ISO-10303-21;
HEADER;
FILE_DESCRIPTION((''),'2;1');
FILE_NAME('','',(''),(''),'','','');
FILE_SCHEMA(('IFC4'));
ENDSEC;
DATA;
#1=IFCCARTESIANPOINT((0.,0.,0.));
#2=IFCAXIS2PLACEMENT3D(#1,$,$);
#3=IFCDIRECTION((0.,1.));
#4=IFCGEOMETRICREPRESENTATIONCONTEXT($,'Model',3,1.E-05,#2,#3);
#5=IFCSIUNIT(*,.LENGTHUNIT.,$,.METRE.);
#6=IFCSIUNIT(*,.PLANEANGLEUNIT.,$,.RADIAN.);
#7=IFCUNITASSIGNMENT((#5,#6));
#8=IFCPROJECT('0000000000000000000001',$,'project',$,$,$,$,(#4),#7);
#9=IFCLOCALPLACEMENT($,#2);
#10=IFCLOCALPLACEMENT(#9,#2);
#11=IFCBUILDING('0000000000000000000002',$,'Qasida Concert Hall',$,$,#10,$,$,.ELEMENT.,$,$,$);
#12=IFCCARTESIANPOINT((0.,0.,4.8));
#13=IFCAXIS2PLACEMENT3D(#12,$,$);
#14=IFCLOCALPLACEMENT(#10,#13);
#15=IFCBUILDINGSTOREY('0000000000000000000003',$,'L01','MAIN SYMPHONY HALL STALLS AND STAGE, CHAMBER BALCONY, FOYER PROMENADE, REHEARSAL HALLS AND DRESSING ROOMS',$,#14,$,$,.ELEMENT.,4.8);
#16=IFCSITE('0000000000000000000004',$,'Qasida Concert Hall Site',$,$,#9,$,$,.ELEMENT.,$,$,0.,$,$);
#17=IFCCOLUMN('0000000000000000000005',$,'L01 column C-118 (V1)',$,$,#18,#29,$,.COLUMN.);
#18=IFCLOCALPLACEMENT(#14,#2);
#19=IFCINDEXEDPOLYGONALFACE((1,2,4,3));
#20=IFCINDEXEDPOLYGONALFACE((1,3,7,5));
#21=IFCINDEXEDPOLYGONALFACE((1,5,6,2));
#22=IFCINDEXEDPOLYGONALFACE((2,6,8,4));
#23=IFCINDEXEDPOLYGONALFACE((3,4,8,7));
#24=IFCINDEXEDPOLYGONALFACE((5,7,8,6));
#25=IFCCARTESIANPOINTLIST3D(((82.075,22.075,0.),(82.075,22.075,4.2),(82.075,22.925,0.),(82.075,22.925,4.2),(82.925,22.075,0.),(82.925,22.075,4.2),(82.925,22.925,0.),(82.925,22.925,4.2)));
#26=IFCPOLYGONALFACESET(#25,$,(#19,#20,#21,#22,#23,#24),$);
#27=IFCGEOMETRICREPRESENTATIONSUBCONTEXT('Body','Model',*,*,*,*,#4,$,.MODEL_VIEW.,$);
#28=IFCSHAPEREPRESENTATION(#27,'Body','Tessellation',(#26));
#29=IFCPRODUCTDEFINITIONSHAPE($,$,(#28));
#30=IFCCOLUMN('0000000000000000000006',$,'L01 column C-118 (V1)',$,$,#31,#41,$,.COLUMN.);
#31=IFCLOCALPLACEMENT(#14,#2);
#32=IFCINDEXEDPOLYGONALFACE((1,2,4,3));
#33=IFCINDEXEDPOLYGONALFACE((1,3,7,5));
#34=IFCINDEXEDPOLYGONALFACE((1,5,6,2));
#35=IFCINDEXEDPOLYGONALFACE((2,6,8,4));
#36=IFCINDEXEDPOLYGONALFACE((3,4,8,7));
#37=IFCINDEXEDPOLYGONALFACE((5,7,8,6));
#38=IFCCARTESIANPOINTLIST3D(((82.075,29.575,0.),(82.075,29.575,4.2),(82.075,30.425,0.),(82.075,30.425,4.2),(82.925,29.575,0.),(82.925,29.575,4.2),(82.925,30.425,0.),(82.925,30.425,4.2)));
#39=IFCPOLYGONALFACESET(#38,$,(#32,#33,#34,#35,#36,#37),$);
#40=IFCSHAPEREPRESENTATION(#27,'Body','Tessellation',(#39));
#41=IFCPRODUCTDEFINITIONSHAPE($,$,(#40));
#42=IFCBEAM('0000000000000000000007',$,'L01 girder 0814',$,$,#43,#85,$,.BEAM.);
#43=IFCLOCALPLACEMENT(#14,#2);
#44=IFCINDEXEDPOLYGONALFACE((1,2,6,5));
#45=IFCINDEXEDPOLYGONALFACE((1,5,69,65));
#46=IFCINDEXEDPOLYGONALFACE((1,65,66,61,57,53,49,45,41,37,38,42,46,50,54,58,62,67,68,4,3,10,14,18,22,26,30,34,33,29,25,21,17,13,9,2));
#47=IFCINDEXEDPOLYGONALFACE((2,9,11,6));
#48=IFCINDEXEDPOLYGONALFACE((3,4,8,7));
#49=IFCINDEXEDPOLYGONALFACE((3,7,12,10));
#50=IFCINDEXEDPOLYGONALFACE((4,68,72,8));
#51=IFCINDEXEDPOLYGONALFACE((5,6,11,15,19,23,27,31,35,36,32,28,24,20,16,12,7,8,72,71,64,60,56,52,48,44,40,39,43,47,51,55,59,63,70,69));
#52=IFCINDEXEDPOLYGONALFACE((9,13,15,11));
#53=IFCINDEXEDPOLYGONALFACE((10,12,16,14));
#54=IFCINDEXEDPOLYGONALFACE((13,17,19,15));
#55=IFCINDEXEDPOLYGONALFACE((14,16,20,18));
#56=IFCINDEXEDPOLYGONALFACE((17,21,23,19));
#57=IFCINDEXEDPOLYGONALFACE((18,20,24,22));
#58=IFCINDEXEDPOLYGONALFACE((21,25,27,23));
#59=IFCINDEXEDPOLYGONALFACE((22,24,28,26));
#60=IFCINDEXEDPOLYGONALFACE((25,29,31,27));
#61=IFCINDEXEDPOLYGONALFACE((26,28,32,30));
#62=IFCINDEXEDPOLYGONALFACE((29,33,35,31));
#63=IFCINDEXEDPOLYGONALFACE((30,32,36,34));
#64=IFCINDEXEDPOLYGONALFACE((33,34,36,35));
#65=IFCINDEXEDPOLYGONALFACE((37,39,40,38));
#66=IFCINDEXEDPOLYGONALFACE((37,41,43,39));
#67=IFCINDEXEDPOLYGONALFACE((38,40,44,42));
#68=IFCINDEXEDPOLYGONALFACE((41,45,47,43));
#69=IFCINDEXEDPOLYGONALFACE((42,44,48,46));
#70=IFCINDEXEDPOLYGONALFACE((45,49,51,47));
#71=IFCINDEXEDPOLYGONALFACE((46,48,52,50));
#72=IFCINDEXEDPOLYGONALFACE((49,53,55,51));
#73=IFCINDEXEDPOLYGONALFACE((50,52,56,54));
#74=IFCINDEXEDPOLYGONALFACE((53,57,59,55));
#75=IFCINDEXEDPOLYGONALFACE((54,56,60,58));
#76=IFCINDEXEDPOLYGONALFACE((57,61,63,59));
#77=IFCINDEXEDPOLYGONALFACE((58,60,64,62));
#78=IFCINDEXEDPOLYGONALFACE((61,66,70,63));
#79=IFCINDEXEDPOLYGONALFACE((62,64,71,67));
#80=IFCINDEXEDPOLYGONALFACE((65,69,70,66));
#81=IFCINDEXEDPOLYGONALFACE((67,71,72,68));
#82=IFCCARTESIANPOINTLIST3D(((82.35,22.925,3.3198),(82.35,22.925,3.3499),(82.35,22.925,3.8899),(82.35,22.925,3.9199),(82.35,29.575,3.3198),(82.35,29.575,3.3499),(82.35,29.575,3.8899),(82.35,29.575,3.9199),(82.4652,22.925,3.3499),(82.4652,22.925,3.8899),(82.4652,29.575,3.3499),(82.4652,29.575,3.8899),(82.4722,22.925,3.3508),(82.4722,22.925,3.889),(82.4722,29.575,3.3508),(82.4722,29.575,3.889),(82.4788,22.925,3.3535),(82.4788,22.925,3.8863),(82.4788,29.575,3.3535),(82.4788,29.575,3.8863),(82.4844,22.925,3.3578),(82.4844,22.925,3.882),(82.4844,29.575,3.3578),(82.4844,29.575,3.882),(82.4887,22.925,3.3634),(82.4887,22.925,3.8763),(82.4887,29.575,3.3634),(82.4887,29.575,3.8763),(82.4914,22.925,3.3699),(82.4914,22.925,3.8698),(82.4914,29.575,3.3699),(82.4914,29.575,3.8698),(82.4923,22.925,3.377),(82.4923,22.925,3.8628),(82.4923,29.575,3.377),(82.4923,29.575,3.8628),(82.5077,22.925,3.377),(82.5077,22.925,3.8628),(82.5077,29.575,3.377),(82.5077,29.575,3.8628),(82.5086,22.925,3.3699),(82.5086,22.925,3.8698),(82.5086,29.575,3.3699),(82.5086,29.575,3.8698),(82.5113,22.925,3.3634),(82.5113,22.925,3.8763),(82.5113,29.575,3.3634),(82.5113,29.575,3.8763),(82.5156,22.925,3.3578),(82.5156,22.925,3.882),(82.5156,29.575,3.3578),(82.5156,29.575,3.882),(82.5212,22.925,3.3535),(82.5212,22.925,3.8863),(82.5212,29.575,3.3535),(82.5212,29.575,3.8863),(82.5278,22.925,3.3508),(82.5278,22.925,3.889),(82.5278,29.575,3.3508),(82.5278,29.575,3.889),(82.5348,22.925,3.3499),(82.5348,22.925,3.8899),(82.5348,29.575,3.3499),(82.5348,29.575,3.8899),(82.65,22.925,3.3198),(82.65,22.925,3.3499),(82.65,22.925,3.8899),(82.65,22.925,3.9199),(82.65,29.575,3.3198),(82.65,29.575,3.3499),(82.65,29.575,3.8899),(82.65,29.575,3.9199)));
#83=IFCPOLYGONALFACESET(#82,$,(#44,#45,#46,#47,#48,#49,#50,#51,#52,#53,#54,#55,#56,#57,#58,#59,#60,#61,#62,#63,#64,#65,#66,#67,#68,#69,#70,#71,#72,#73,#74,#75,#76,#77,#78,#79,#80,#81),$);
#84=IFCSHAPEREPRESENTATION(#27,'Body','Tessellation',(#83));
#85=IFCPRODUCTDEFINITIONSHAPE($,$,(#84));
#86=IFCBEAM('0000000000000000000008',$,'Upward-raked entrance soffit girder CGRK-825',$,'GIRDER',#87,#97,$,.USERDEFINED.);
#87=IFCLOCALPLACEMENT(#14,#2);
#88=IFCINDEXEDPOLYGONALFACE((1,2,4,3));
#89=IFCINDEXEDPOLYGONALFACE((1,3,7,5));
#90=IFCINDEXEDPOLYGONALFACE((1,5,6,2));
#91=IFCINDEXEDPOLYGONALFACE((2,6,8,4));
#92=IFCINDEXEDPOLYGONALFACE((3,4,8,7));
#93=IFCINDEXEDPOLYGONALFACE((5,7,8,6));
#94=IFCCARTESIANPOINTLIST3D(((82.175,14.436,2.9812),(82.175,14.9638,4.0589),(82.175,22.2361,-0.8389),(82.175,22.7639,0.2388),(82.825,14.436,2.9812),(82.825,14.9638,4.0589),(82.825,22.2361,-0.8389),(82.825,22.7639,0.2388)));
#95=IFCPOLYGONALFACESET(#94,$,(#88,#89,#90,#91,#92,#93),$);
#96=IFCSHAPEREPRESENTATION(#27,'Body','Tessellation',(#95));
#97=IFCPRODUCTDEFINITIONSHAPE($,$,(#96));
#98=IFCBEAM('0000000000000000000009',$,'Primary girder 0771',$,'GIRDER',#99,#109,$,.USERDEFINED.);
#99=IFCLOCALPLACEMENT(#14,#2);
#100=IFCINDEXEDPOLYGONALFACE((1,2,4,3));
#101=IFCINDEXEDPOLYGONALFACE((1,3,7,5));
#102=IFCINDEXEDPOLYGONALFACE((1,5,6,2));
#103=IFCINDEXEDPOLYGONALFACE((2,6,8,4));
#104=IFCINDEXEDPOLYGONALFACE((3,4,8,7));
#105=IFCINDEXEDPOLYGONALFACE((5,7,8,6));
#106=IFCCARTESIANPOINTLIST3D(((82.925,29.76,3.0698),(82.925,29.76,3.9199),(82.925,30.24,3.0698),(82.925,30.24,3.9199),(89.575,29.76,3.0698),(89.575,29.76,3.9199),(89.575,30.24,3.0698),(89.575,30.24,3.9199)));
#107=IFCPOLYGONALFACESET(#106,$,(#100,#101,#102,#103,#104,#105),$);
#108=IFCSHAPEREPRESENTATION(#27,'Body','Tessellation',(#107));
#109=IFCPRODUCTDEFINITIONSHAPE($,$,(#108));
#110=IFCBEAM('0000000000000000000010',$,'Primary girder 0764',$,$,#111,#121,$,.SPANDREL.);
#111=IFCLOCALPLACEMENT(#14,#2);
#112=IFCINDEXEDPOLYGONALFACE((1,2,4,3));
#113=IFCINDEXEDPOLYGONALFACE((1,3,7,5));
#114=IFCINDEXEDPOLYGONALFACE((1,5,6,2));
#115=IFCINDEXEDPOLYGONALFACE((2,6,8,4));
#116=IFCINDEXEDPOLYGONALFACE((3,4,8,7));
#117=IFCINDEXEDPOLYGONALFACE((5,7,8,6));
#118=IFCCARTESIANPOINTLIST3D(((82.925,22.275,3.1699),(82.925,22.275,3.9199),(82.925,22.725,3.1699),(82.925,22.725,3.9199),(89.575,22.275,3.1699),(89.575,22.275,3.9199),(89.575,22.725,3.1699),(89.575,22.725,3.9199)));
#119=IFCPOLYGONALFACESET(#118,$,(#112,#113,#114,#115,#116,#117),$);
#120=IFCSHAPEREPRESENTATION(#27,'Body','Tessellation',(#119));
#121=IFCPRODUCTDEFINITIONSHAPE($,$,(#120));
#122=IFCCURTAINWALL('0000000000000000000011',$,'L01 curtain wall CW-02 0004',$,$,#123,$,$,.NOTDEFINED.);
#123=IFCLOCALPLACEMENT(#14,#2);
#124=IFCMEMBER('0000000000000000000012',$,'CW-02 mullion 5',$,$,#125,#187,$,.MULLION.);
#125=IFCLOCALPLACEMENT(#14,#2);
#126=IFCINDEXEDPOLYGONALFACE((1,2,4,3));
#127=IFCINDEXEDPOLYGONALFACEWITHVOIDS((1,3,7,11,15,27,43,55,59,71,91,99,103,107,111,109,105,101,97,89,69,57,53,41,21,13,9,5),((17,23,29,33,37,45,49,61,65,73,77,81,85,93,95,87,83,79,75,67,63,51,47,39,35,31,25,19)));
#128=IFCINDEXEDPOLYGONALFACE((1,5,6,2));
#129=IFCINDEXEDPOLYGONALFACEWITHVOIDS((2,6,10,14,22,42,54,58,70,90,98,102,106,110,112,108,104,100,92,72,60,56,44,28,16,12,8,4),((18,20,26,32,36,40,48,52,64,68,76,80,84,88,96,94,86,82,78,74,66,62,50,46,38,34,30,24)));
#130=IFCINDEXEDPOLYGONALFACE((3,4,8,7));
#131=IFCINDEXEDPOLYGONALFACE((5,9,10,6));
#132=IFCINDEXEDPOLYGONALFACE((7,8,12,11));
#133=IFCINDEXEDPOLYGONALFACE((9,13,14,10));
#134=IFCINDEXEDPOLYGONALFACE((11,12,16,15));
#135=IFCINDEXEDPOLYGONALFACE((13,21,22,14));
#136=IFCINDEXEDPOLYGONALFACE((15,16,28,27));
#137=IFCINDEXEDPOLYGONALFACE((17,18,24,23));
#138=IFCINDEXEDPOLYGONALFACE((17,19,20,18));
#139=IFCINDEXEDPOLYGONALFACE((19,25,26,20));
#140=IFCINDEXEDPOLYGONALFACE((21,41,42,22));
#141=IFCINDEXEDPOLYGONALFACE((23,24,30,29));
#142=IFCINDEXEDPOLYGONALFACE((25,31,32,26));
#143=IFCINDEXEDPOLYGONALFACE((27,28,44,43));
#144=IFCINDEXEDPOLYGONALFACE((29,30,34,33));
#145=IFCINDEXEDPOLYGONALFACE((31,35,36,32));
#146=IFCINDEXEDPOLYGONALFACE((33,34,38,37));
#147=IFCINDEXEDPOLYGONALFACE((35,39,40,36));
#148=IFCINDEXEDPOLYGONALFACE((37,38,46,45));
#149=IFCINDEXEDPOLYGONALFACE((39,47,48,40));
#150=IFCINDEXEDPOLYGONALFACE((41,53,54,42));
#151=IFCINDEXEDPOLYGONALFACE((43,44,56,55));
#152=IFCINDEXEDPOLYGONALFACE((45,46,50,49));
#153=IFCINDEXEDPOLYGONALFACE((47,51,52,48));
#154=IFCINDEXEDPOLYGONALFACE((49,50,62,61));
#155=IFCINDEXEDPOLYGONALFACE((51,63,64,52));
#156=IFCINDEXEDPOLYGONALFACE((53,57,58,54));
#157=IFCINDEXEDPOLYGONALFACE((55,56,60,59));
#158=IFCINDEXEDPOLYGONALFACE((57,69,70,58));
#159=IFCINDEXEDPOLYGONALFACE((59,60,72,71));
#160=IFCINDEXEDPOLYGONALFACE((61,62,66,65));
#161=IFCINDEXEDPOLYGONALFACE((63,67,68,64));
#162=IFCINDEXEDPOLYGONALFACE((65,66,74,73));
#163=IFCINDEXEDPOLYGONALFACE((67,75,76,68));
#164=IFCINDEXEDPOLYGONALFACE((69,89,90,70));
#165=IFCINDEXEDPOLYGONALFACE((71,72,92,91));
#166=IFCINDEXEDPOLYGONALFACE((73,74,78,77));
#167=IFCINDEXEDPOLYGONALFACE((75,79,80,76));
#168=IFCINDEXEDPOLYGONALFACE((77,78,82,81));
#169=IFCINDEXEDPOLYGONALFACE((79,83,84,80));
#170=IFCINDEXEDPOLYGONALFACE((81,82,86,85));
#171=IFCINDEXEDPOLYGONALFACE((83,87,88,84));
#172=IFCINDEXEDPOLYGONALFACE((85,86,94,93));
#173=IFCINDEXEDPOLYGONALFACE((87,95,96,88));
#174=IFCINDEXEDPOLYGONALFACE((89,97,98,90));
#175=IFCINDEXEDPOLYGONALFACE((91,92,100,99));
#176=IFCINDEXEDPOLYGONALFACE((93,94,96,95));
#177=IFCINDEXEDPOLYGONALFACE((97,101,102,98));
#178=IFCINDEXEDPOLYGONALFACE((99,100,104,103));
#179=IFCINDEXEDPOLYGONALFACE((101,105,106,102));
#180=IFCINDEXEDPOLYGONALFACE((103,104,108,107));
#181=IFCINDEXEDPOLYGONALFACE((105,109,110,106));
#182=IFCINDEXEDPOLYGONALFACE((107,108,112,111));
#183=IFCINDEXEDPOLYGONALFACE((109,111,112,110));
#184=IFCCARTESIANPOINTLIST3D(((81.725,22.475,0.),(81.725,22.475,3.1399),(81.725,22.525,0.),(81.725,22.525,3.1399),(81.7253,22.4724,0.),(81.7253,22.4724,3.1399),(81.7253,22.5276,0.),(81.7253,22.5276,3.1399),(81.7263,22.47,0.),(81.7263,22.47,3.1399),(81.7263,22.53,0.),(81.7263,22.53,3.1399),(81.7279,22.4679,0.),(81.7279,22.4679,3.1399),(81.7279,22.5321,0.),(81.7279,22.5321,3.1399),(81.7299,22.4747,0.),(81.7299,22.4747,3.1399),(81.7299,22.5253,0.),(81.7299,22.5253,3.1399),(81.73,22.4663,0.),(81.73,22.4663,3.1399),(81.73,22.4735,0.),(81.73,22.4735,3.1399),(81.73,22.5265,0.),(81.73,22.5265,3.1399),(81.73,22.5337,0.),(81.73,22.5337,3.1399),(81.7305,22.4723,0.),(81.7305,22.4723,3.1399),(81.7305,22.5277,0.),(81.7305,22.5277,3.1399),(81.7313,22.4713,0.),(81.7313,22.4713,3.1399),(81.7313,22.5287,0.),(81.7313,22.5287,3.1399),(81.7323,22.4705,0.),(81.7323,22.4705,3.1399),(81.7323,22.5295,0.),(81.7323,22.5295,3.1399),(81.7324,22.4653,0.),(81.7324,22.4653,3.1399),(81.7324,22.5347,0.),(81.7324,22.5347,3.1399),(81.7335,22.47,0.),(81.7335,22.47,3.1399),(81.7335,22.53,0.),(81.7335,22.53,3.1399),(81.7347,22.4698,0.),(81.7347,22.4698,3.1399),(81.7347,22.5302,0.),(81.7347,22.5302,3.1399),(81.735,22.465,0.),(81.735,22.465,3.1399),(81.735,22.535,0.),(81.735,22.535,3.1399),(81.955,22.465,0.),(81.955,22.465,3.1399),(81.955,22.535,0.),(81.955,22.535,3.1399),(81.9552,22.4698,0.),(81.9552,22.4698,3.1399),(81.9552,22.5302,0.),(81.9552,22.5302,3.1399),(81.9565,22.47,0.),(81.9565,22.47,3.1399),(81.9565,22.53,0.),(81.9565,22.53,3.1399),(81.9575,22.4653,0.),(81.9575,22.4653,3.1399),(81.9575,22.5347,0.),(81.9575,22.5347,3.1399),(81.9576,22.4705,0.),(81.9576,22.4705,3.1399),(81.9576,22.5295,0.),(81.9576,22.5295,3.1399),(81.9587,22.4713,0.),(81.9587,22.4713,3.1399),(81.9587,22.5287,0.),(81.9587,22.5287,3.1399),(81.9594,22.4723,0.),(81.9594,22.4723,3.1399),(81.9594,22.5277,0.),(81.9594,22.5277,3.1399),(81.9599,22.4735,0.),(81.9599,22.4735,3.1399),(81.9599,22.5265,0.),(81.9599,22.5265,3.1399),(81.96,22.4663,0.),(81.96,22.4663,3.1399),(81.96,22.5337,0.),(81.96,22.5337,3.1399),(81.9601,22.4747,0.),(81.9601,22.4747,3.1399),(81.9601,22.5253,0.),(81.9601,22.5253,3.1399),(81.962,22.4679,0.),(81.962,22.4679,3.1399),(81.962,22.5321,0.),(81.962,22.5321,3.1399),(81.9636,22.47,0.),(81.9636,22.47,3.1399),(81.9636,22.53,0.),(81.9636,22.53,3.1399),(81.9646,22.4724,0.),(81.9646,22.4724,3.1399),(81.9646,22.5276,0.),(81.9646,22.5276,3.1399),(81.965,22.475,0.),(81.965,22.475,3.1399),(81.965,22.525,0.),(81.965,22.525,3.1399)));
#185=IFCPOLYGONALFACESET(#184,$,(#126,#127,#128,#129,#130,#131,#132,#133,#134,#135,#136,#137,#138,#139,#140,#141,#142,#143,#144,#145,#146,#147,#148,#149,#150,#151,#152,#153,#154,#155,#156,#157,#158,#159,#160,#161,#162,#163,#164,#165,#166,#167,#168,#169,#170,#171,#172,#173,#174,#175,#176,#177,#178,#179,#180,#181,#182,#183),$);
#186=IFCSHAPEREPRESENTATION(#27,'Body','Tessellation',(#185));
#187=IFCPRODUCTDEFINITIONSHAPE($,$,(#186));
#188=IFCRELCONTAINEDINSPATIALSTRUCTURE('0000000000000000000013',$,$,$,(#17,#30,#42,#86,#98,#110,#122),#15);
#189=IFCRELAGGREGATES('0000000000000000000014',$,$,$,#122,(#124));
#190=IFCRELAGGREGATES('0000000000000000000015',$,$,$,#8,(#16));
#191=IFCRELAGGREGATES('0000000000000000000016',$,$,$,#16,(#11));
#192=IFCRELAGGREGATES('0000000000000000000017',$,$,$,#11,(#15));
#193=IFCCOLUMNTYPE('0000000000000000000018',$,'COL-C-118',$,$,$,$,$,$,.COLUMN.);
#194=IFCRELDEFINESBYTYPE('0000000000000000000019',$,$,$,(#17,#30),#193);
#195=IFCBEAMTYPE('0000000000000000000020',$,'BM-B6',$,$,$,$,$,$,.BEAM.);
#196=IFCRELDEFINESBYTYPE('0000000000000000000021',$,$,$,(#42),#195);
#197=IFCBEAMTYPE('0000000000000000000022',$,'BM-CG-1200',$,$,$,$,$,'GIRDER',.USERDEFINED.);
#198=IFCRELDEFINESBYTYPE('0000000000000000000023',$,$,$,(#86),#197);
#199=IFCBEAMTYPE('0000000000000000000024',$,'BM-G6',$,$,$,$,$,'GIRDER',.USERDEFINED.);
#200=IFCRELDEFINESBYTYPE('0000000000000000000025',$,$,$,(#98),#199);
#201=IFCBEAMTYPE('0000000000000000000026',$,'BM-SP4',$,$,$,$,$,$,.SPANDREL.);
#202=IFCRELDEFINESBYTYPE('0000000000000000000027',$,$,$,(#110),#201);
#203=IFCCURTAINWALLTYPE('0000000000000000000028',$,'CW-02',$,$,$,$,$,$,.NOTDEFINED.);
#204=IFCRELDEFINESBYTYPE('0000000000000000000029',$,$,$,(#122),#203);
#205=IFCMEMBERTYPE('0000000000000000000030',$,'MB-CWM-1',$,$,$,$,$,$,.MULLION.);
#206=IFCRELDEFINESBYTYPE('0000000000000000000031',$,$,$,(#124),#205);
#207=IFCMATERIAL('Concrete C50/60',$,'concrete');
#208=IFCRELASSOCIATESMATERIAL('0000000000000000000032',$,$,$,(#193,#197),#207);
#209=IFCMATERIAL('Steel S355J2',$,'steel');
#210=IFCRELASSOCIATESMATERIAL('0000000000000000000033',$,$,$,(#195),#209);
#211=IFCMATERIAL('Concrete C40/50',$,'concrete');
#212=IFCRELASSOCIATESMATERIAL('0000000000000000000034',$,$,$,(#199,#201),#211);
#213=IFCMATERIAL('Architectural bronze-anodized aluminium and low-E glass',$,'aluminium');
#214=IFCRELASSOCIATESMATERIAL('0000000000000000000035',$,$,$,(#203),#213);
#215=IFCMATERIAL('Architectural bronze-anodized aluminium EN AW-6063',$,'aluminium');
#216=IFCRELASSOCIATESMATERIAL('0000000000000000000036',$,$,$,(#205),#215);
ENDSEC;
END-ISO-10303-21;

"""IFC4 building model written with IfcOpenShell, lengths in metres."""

from ifc_helpers import new_model, si_unit, direction, frame, origin, origin_2d, place, context, subcontext, project, spatial, rectangle, hollow_rectangle, i_section, extrude, material, material_profile, profile_set, type_object, element, aggregate, save


model = new_model("IFC4")

# Units and contexts
model_context = context("Model", 3, precision=1e-05, world=origin(), true_north=direction((0.0, 1.0)))
body_context = subcontext(model_context, "Body", "Model", "MODEL_VIEW")
ifc_project = project(units=[si_unit("LENGTHUNIT", "METRE"), si_unit("PLANEANGLEUNIT", "RADIAN")], contexts=[model_context])

# Site, building, storey
site_placement = place(None, origin())
site = spatial("IfcSite", under=ifc_project, at=site_placement, Name="Qasida Concert Hall Site", CompositionType="ELEMENT", RefElevation=0.0)
building_placement = place(site_placement, origin())
building = spatial("IfcBuilding", under=site, at=building_placement, Name="Qasida Concert Hall", CompositionType="ELEMENT")
storey_placement = place(building_placement, frame((0.0, 0.0, 4.8)))
storey = spatial("IfcBuildingStorey", under=building, at=storey_placement, Name="L01", Description="MAIN SYMPHONY HALL STALLS AND STAGE, CHAMBER BALCONY, FOYER PROMENADE, REHEARSAL HALLS AND DRESSING ROOMS", CompositionType="ELEMENT", Elevation=4.8)

# Columns
ifc_material_1 = material(Name="Concrete C50/60", Category="concrete")
ifc_material_profile_1 = material_profile(ifc_material_1, rectangle(XDim=0.8501, YDim=0.8501, at=origin_2d()), Name="RC 850x850")
ifc_profile_set_1 = profile_set([ifc_material_profile_1], Name="Concrete C50/60")
column_type = type_object("IfcColumnType", Name="COL-C-118", PredefinedType="COLUMN", material=ifc_profile_set_1)
for number, where, z_axis, x_axis, name in (
    (1, (82.5, 22.5, 0.0), (0.0, 0.0, 1.0), (1.0, 0.0, 0.0), "L01 column C-118 (V1)"),
    (2, (82.5, 30.0, 0.0), (0.0, 0.0, 1.0), (1.0, 0.0, 0.0), "L01 column C-118 (V1)"),
):
    element("IfcColumn", number, at=place(storey_placement, frame(where, z_axis=z_axis, x_axis=x_axis)), inside=storey, type_object=column_type, Name=name, PredefinedType="COLUMN", context=body_context, shape_type="SweptSolid", body=[
        extrude(rectangle(XDim=0.8501, YDim=0.8501, at=origin_2d()), origin(), (0.0, 0.0, 1.0), 4.2),
    ])

# Beams
ifc_material_2 = material(Name="Steel S355J2", Category="steel")
ifc_material_profile_2 = material_profile(ifc_material_2, i_section(OverallWidth=0.3, OverallDepth=0.6001, WebThickness=0.0154, FlangeThickness=0.03, FilletRadius=0.0271, at=origin_2d()), Name="HEB 600")
ifc_profile_set_2 = profile_set([ifc_material_profile_2], Name="Steel S355J2")
beam_type_1 = type_object("IfcBeamType", Name="BM-B6", PredefinedType="BEAM", material=ifc_profile_set_2)
beam_1_placement = place(storey_placement, frame((82.5, 22.925, 3.6199), z_axis=(0.0, 1.0, 0.0), x_axis=(-1.0, 0.0, 0.0)))
element("IfcBeam", 3, at=beam_1_placement, inside=storey, type_object=beam_type_1, Name="L01 girder 0814", PredefinedType="BEAM", context=body_context, shape_type="SweptSolid", body=[
    extrude(i_section(OverallWidth=0.3, OverallDepth=0.6001, WebThickness=0.0154, FlangeThickness=0.03, FilletRadius=0.0271, at=origin_2d()), origin(), (0.0, 0.0, 1.0), 6.6499),
])
ifc_material_profile_3 = material_profile(ifc_material_1, rectangle(XDim=0.6499, YDim=1.2, at=origin_2d()), Name="RC 650x1200")
ifc_profile_set_3 = profile_set([ifc_material_profile_3], Name="Concrete C50/60")
beam_type_2 = type_object("IfcBeamType", Name="BM-CG-1200", ElementType="GIRDER", PredefinedType="USERDEFINED", material=ifc_profile_set_3)
beam_2_placement = place(storey_placement, frame((82.5, 22.5, -0.3), z_axis=(0.0, -0.898079, 0.439834), x_axis=(1.0, 0.0, 0.0)))
element("IfcBeam", 4, at=beam_2_placement, inside=storey, type_object=beam_type_2, Name="Upward-raked entrance soffit girder CGRK-825", ObjectType="GIRDER", PredefinedType="USERDEFINED", context=body_context, shape_type="SweptSolid", body=[
    extrude(rectangle(XDim=0.6499, YDim=1.2, at=origin_2d()), origin(), (0.0, 0.0, 1.0), 8.6853),
])
ifc_material_3 = material(Name="Concrete C40/50", Category="concrete")
ifc_material_profile_4 = material_profile(ifc_material_3, rectangle(XDim=0.48, YDim=0.8501, at=origin_2d()), Name="RC 480x850")
ifc_profile_set_4 = profile_set([ifc_material_profile_4], Name="Concrete C40/50")
beam_type_3 = type_object("IfcBeamType", Name="BM-G6", ElementType="GIRDER", PredefinedType="USERDEFINED", material=ifc_profile_set_4)
beam_3_placement = place(storey_placement, frame((82.925, 30.0, 3.4949), z_axis=(1.0, 0.0, 0.0), x_axis=(0.0, 1.0, 0.0)))
element("IfcBeam", 5, at=beam_3_placement, inside=storey, type_object=beam_type_3, Name="Primary girder 0771", ObjectType="GIRDER", PredefinedType="USERDEFINED", context=body_context, shape_type="SweptSolid", body=[
    extrude(rectangle(XDim=0.48, YDim=0.8501, at=origin_2d()), origin(), (0.0, 0.0, 1.0), 6.6499),
])
ifc_material_profile_5 = material_profile(ifc_material_3, rectangle(XDim=0.45, YDim=0.75, at=origin_2d()), Name="RC 450x750")
ifc_profile_set_5 = profile_set([ifc_material_profile_5], Name="Concrete C40/50")
beam_type_4 = type_object("IfcBeamType", Name="BM-SP4", PredefinedType="SPANDREL", material=ifc_profile_set_5)
beam_4_placement = place(storey_placement, frame((82.925, 22.5, 3.5449), z_axis=(1.0, 0.0, 0.0), x_axis=(0.0, 1.0, 0.0)))
element("IfcBeam", 6, at=beam_4_placement, inside=storey, type_object=beam_type_4, Name="Primary girder 0764", PredefinedType="SPANDREL", context=body_context, shape_type="SweptSolid", body=[
    extrude(rectangle(XDim=0.45, YDim=0.75, at=origin_2d()), origin(), (0.0, 0.0, 1.0), 6.6499),
])

# Curtain wall, member
ifc_material_4 = material(Name="Architectural bronze-anodized aluminium and low-E glass", Category="aluminium")
curtain_wall_type = type_object("IfcCurtainWallType", Name="CW-02", PredefinedType="NOTDEFINED", material=ifc_material_4)
curtain_wall_1_placement = place(storey_placement, origin())
curtain_wall_1 = element("IfcCurtainWall", 7, at=curtain_wall_1_placement, inside=storey, type_object=curtain_wall_type, Name="L01 curtain wall CW-02 0004", PredefinedType="NOTDEFINED")
ifc_material_5 = material(Name="Architectural bronze-anodized aluminium EN AW-6063", Category="aluminium")
ifc_material_profile_6 = material_profile(ifc_material_5, hollow_rectangle(XDim=0.0701, YDim=0.24, WallThickness=0.0049, InnerFilletRadius=0.0049, OuterFilletRadius=0.01, at=origin_2d()), Name="CWM 240x70x5")
ifc_profile_set_6 = profile_set([ifc_material_profile_6], Name="Architectural bronze-anodized aluminium EN AW-6063")
member_type_1 = type_object("IfcMemberType", Name="MB-CWM-1", PredefinedType="MULLION", material=ifc_profile_set_6)
member_1_placement = place(storey_placement, frame((81.845, 22.5, 0.0), z_axis=(0.0, 0.0, 1.0), x_axis=(0.0, 1.0, 0.0)))
member_1 = element("IfcMember", 8, at=member_1_placement, type_object=member_type_1, Name="CW-02 mullion 5", PredefinedType="MULLION", context=body_context, shape_type="SweptSolid", body=[
    extrude(hollow_rectangle(XDim=0.0701, YDim=0.24, WallThickness=0.0049, InnerFilletRadius=0.0049, OuterFilletRadius=0.01, at=origin_2d()), origin(), (0.0, 0.0, 1.0), 3.1399),
])

aggregate(curtain_wall_1, [member_1])

save(model, "model.ifc")
